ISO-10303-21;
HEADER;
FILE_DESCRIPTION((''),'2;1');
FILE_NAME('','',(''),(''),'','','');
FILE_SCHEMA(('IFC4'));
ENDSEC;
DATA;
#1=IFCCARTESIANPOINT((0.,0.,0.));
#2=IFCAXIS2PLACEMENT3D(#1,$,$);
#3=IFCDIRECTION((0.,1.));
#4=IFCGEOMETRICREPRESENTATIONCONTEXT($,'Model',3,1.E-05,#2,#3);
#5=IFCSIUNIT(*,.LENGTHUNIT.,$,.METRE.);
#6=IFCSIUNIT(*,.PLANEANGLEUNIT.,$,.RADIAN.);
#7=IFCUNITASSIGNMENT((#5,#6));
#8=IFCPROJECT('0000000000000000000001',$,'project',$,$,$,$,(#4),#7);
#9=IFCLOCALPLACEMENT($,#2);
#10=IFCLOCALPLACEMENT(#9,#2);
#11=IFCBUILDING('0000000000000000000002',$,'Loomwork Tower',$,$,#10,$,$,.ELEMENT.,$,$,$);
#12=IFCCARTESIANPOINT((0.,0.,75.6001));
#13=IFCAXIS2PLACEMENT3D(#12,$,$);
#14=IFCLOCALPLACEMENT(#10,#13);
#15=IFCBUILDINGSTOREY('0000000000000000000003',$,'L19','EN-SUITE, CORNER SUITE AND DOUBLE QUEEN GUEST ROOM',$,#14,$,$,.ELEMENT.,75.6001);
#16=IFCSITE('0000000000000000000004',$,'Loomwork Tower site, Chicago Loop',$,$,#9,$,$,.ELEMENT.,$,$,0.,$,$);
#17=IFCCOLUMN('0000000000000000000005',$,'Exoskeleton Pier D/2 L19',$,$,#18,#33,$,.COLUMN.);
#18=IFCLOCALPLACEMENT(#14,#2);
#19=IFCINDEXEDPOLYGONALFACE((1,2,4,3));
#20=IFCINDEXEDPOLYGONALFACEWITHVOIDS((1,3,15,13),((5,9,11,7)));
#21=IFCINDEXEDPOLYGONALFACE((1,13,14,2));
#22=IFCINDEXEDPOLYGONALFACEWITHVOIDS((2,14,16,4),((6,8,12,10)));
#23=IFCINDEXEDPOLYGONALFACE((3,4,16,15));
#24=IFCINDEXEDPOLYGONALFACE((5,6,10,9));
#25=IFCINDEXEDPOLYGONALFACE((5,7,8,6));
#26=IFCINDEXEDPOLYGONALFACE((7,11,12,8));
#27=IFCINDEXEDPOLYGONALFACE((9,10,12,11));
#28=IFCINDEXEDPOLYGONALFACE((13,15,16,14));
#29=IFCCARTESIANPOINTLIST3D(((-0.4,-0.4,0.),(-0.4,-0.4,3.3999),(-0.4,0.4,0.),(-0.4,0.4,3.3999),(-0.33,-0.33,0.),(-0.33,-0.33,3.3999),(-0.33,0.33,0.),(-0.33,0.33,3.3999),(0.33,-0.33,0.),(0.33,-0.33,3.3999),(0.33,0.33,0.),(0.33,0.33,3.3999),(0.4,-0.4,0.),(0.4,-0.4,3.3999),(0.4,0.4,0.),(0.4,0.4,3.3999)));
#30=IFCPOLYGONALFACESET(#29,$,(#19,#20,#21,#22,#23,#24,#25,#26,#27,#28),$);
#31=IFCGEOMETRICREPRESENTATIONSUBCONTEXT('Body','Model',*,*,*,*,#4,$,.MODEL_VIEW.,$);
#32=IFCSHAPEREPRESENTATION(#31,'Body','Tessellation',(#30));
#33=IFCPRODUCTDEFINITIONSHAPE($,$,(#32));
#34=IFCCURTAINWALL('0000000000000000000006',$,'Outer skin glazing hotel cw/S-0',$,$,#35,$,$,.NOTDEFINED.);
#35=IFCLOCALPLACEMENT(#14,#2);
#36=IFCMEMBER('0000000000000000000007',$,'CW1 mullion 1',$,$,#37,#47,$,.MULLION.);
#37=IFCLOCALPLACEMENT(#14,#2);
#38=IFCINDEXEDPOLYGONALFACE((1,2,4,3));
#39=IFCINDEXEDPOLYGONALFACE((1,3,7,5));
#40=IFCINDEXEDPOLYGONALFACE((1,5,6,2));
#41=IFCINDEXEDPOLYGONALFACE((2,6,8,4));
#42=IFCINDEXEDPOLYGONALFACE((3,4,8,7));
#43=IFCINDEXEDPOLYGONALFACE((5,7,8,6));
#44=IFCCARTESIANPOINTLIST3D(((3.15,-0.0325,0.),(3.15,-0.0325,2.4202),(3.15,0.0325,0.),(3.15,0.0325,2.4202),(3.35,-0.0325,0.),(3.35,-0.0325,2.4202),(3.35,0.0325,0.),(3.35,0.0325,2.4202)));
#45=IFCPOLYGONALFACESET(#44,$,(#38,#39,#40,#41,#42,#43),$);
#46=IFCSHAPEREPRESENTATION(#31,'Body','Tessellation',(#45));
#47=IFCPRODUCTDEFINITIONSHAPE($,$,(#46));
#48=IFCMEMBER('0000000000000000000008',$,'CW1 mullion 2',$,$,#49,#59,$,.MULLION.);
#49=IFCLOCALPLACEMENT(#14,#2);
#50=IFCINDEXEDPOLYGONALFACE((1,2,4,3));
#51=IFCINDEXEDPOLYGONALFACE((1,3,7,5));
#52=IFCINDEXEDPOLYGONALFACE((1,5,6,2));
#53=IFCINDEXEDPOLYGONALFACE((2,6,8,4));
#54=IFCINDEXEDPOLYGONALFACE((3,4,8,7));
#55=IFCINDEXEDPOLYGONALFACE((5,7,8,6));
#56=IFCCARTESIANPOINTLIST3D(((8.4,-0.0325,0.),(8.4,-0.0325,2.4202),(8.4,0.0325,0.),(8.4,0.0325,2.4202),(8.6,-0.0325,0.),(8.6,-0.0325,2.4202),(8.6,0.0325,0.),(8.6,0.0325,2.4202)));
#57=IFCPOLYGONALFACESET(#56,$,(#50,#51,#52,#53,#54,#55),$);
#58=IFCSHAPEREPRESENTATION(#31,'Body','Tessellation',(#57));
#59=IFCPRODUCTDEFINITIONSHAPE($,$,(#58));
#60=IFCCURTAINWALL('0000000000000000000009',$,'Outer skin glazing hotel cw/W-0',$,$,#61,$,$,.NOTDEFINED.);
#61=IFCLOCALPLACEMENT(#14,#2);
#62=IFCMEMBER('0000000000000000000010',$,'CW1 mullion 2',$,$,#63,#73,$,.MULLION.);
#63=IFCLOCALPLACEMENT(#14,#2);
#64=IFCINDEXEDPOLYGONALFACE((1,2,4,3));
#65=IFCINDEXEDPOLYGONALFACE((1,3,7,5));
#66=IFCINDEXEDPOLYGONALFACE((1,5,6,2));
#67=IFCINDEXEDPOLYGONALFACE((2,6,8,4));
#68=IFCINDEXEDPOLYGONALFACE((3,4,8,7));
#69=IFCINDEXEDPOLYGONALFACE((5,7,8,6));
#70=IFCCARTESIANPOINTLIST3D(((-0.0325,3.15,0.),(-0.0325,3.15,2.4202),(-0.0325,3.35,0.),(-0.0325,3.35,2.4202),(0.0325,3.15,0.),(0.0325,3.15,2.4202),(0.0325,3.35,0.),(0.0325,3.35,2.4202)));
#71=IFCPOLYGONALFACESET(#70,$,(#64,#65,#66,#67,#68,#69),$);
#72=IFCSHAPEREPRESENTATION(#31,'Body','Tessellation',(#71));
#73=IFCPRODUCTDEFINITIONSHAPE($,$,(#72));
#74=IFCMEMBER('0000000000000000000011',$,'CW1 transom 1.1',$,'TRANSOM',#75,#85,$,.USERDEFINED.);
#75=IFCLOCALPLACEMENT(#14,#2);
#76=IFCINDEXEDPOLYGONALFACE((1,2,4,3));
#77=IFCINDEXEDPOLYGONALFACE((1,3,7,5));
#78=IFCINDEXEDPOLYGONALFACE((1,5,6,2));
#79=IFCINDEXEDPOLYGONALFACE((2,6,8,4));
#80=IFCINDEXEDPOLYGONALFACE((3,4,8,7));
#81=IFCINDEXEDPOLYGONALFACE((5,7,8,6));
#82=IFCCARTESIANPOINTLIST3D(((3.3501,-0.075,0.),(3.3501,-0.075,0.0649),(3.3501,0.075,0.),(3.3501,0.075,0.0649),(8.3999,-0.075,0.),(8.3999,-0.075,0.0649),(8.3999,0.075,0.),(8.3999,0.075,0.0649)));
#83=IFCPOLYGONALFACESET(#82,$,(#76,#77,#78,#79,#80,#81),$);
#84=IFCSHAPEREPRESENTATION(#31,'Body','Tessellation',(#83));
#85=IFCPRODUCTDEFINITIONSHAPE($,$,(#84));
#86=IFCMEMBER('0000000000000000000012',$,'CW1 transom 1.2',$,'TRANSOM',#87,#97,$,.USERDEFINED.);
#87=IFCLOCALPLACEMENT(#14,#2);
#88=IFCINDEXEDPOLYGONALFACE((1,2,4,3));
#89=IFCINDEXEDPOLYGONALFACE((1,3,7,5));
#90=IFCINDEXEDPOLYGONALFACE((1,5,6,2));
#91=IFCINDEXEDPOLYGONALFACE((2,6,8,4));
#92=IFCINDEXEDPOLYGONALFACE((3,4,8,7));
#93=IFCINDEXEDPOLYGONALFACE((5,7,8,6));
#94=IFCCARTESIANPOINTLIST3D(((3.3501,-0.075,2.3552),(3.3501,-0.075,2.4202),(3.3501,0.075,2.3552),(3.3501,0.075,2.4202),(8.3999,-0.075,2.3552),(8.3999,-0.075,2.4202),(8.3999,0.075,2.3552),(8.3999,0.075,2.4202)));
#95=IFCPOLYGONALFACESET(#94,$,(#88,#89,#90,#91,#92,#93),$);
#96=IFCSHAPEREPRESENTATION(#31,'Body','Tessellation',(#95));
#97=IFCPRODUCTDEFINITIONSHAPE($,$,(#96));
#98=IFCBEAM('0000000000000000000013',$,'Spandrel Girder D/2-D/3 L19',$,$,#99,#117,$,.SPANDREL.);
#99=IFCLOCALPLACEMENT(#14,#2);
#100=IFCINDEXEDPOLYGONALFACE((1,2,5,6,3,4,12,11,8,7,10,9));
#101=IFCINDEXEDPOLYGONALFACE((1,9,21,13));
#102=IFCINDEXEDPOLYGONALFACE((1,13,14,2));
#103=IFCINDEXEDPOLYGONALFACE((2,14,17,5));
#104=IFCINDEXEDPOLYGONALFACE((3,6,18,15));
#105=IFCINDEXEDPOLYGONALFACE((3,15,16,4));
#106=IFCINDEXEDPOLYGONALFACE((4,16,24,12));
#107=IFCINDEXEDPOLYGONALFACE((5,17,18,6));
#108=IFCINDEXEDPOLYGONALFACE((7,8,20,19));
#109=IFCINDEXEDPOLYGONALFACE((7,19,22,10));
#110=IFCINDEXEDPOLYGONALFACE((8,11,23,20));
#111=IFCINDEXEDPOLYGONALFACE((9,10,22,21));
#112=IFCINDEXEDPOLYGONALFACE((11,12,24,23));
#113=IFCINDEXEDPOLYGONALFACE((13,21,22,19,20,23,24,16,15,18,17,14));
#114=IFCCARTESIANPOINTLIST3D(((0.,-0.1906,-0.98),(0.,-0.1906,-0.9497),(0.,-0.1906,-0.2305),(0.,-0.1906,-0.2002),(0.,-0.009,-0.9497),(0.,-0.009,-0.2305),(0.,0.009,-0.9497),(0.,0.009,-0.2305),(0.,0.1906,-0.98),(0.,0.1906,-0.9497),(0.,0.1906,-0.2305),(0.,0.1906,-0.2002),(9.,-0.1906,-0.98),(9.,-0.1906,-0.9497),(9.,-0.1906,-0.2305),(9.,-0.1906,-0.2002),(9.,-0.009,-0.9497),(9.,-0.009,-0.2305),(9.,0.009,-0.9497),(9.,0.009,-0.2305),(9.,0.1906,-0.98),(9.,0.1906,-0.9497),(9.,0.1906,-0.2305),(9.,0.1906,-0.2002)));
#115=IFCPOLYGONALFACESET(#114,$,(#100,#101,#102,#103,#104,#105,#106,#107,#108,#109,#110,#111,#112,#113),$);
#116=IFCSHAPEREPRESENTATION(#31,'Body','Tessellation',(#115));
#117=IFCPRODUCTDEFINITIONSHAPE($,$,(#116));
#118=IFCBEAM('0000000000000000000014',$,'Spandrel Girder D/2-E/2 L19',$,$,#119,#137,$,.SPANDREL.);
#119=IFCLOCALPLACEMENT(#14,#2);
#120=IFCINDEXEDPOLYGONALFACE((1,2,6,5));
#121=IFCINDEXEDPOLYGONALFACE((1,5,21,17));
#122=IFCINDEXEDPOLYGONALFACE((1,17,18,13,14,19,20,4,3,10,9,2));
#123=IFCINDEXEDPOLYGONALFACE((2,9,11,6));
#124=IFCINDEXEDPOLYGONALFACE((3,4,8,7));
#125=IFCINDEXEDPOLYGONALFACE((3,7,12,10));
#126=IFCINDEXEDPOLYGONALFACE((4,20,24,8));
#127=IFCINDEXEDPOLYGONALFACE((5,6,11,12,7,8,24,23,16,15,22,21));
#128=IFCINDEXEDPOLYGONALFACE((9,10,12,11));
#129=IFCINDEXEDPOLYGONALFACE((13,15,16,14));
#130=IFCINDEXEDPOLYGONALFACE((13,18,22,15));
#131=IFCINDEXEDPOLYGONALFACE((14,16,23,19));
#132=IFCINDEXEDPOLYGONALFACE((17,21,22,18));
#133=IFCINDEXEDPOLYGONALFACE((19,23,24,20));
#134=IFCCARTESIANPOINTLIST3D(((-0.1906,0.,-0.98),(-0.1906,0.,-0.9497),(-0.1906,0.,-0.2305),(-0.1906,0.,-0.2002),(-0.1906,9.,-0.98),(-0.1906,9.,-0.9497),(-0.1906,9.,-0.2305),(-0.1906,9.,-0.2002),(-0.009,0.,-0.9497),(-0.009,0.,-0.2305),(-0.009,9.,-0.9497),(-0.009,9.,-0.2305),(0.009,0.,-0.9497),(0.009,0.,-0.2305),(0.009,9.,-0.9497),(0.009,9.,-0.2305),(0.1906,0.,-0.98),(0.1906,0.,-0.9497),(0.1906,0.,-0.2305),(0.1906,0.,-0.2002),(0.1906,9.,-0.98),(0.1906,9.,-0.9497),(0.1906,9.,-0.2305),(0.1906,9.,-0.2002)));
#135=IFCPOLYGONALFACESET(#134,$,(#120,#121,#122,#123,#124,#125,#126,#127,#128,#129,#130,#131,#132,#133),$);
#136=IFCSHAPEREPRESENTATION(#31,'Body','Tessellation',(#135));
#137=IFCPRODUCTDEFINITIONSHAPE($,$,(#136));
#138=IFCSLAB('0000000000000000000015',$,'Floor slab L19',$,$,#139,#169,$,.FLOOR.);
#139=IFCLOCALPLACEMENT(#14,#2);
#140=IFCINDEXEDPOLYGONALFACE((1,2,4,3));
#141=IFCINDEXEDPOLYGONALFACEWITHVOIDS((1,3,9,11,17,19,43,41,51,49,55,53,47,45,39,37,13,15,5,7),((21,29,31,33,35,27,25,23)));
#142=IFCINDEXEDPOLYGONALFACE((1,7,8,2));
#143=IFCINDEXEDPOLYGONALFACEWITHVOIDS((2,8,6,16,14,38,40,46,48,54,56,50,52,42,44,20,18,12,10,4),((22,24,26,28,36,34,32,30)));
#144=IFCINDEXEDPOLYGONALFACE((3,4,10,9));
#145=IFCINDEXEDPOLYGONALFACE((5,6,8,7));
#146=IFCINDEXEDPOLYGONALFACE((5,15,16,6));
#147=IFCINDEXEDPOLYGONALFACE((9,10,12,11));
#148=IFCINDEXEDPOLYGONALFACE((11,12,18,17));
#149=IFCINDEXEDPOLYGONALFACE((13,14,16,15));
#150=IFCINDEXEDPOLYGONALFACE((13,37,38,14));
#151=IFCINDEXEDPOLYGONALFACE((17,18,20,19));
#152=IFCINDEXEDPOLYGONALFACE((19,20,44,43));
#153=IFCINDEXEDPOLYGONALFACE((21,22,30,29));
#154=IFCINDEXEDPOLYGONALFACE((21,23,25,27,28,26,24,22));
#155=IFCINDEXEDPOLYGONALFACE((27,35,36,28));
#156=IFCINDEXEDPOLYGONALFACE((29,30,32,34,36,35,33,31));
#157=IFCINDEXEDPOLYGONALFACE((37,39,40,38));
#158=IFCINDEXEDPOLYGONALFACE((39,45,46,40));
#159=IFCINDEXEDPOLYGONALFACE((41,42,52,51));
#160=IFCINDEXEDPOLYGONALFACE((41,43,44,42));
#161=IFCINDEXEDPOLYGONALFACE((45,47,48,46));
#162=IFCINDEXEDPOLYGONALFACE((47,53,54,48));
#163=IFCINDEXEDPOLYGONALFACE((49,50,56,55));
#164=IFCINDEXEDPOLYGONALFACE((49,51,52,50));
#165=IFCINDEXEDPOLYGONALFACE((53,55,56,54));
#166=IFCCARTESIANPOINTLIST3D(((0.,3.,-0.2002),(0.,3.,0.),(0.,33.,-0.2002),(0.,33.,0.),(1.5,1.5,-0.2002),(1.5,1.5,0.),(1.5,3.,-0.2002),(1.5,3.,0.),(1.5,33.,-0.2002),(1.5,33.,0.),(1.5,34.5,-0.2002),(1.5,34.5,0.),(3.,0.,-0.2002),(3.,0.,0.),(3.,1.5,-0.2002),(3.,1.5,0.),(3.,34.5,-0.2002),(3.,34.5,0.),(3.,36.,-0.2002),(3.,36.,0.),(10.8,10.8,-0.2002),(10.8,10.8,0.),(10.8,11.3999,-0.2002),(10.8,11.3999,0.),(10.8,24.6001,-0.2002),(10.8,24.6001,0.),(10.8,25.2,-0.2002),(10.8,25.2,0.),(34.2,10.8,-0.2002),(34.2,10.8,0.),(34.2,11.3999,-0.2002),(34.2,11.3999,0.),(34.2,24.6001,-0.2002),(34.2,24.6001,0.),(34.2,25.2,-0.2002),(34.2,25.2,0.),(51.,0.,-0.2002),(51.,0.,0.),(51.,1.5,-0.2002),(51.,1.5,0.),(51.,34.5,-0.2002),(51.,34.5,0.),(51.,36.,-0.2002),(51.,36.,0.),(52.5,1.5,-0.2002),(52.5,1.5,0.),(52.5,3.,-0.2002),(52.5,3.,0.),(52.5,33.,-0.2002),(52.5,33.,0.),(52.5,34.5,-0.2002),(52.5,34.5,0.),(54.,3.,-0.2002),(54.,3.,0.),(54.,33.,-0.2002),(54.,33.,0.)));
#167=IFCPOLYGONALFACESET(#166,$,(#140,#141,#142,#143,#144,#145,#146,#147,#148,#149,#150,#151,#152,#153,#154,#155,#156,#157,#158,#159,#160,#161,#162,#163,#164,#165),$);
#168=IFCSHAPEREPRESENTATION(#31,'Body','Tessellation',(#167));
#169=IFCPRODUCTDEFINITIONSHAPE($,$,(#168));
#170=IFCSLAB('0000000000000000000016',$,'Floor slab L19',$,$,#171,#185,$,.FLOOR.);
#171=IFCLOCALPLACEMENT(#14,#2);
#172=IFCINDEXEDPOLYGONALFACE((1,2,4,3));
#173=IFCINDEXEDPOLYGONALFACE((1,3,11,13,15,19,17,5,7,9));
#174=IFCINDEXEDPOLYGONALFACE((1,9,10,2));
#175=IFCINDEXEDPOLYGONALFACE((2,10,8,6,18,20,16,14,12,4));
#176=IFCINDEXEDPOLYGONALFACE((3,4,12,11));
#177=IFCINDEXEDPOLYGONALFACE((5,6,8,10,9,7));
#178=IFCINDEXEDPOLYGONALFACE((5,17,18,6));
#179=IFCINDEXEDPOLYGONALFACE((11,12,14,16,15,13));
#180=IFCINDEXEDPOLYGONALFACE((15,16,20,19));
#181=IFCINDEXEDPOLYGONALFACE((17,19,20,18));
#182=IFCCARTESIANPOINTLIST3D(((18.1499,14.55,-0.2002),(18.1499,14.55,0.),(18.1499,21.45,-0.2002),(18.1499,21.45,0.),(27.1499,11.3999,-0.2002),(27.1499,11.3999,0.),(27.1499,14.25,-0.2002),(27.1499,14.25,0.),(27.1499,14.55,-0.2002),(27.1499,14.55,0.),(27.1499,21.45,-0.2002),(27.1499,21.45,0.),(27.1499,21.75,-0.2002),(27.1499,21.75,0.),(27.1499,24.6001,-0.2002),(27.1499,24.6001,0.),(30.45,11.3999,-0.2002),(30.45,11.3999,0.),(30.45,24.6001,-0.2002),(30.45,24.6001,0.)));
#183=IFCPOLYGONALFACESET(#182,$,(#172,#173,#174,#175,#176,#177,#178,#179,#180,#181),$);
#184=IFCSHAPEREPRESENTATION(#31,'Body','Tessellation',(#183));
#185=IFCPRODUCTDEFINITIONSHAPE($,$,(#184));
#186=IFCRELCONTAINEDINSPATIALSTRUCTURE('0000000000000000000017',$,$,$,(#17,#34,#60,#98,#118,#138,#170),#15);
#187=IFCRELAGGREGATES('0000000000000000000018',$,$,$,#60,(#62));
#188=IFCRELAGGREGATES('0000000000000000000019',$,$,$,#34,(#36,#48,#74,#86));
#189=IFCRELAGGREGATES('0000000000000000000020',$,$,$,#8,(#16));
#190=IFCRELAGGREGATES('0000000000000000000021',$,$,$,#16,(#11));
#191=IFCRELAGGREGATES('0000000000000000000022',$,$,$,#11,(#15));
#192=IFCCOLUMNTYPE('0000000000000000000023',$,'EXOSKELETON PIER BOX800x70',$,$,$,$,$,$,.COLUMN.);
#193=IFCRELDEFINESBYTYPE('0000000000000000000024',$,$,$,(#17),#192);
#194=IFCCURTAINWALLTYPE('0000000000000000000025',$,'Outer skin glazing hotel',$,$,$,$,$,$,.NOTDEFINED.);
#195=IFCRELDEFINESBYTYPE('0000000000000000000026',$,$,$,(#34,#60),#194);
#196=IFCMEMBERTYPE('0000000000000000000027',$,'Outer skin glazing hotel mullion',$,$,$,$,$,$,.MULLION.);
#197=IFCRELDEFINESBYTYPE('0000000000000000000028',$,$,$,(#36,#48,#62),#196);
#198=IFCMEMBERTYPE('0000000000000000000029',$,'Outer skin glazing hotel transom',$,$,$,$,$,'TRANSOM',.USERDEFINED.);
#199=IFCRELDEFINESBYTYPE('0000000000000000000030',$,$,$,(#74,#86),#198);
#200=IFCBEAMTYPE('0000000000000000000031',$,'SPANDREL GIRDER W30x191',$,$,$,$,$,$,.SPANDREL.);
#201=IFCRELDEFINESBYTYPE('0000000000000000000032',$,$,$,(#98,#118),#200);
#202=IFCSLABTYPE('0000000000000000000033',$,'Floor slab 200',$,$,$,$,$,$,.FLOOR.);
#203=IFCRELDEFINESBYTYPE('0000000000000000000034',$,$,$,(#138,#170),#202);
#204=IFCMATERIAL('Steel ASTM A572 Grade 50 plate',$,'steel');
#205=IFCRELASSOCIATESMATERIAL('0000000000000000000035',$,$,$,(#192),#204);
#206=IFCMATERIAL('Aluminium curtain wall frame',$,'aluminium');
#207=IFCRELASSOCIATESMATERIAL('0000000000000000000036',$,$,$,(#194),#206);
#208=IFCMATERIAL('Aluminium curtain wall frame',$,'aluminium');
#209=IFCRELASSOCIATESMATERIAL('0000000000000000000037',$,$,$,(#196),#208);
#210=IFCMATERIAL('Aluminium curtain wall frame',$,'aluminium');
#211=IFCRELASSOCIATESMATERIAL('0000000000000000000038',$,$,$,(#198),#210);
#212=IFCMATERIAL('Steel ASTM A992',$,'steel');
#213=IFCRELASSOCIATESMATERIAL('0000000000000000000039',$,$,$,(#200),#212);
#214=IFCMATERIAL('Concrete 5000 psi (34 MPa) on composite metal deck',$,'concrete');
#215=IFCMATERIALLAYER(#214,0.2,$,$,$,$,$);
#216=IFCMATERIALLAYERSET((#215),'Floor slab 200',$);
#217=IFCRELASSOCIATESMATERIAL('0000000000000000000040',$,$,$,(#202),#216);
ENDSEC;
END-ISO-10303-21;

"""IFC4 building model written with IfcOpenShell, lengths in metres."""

from ifc_helpers import new_model, si_unit, direction, frame, origin, origin_with_axes, origin_2d, place, context, subcontext, project, spatial, polyline, rectangle, hollow_rectangle, i_section, outline, extrude, material, layer, layer_set, material_profile, profile_set, type_object, element, aggregate, save


model = new_model("IFC4")

# Units and contexts
model_context = context("Model", 3, precision=1e-05, world=origin(), true_north=direction((0.0, 1.0)))
body_context = subcontext(model_context, "Body", "Model", "MODEL_VIEW")
ifc_project = project(units=[si_unit("LENGTHUNIT", "METRE"), si_unit("PLANEANGLEUNIT", "RADIAN")], contexts=[model_context])

# Site, building, storey
site_placement = place(None, origin())
site = spatial("IfcSite", under=ifc_project, at=site_placement, Name="Loomwork Tower site, Chicago Loop", CompositionType="ELEMENT", RefElevation=0.0)
building_placement = place(site_placement, origin())
building = spatial("IfcBuilding", under=site, at=building_placement, Name="Loomwork Tower", CompositionType="ELEMENT")
storey_placement = place(building_placement, frame((0.0, 0.0, 75.6001)))
storey = spatial("IfcBuildingStorey", under=building, at=storey_placement, Name="L19", Description="EN-SUITE, CORNER SUITE AND DOUBLE QUEEN GUEST ROOM", CompositionType="ELEMENT", Elevation=75.6001)

# Column
ifc_material_1 = material(Name="Steel ASTM A572 Grade 50 plate", Category="steel")
ifc_material_profile_1 = material_profile(ifc_material_1, hollow_rectangle(XDim=0.8, YDim=0.8, WallThickness=0.0701, at=origin_2d()), Name="BOX800x70")
ifc_profile_set_1 = profile_set([ifc_material_profile_1], Name="Steel ASTM A572 Grade 50 plate")
column_type = type_object("IfcColumnType", Name="EXOSKELETON PIER BOX800x70", PredefinedType="COLUMN", material=ifc_profile_set_1)
column_placement = place(storey_placement, origin_with_axes())
element("IfcColumn", 1, at=column_placement, inside=storey, type_object=column_type, Name="Exoskeleton Pier D/2 L19", PredefinedType="COLUMN", context=body_context, shape_type="SweptSolid", body=[
    extrude(hollow_rectangle(XDim=0.8, YDim=0.8, WallThickness=0.0701, at=origin_2d()), origin(), (0.0, 0.0, 1.0), 3.3999),
])

# Curtain wall, members
ifc_material_2 = material(Name="Aluminium curtain wall frame", Category="aluminium")
curtain_wall_type = type_object("IfcCurtainWallType", Name="Outer skin glazing hotel", PredefinedType="NOTDEFINED", material=ifc_material_2)
curtain_wall_1_placement = place(storey_placement, origin())
curtain_wall_1 = element("IfcCurtainWall", 2, at=curtain_wall_1_placement, inside=storey, type_object=curtain_wall_type, Name="Outer skin glazing hotel cw/S-0", PredefinedType="NOTDEFINED")
ifc_material_3 = material(Name="Aluminium curtain wall frame", Category="aluminium")
ifc_material_profile_2 = material_profile(ifc_material_3, rectangle(XDim=0.0649, YDim=0.2, at=origin_2d()), Name="AL 65x200")
ifc_profile_set_2 = profile_set([ifc_material_profile_2], Name="Aluminium curtain wall frame")
member_type_1 = type_object("IfcMemberType", Name="Outer skin glazing hotel mullion", PredefinedType="MULLION", material=ifc_profile_set_2)
member_1_placement = place(storey_placement, frame((3.25, 0.0, 0.0), z_axis=(0.0, 0.0, 1.0), x_axis=(0.0, 1.0, 0.0)))
member_1 = element("IfcMember", 3, at=member_1_placement, type_object=member_type_1, Name="CW1 mullion 1", PredefinedType="MULLION", context=body_context, shape_type="SweptSolid", body=[
    extrude(rectangle(XDim=0.0649, YDim=0.2, at=origin_2d()), origin(), (0.0, 0.0, 1.0), 2.4202),
])
member_2_placement = place(storey_placement, frame((8.5, 0.0, 0.0), z_axis=(0.0, 0.0, 1.0), x_axis=(0.0, 1.0, 0.0)))
member_2 = element("IfcMember", 4, at=member_2_placement, type_object=member_type_1, Name="CW1 mullion 2", PredefinedType="MULLION", context=body_context, shape_type="SweptSolid", body=[
    extrude(rectangle(XDim=0.0649, YDim=0.2, at=origin_2d()), origin(), (0.0, 0.0, 1.0), 2.4202),
])

# Curtain wall, member
curtain_wall_2_placement = place(storey_placement, origin())
curtain_wall_2 = element("IfcCurtainWall", 5, at=curtain_wall_2_placement, inside=storey, type_object=curtain_wall_type, Name="Outer skin glazing hotel cw/W-0", PredefinedType="NOTDEFINED")
member_3_placement = place(storey_placement, frame((0.0, 3.25, 0.0), z_axis=(0.0, 0.0, 1.0), x_axis=(1.0, 0.0, 0.0)))
member_3 = element("IfcMember", 6, at=member_3_placement, type_object=member_type_1, Name="CW1 mullion 2", PredefinedType="MULLION", context=body_context, shape_type="SweptSolid", body=[
    extrude(rectangle(XDim=0.0649, YDim=0.2, at=origin_2d()), origin(), (0.0, 0.0, 1.0), 2.4202),
])
aggregate(curtain_wall_2, [member_3])

# Members
ifc_material_4 = material(Name="Aluminium curtain wall frame", Category="aluminium")
ifc_material_profile_3 = material_profile(ifc_material_4, rectangle(XDim=0.1499, YDim=0.0649, at=origin_2d()), Name="AL 65x150")
ifc_profile_set_3 = profile_set([ifc_material_profile_3], Name="Aluminium curtain wall frame")
member_type_2 = type_object("IfcMemberType", Name="Outer skin glazing hotel transom", ElementType="TRANSOM", PredefinedType="USERDEFINED", material=ifc_profile_set_3)
member_4_placement = place(storey_placement, frame((3.3501, 0.0, 0.0325), z_axis=(1.0, 0.0, 0.0), x_axis=(0.0, 1.0, 0.0)))
member_4 = element("IfcMember", 7, at=member_4_placement, type_object=member_type_2, Name="CW1 transom 1.1", ObjectType="TRANSOM", PredefinedType="USERDEFINED", context=body_context, shape_type="SweptSolid", body=[
    extrude(rectangle(XDim=0.1499, YDim=0.0649, at=origin_2d()), origin(), (0.0, 0.0, 1.0), 5.0498),
])
member_5_placement = place(storey_placement, frame((3.3501, 0.0, 2.3877), z_axis=(1.0, 0.0, 0.0), x_axis=(0.0, 1.0, 0.0)))
member_5 = element("IfcMember", 8, at=member_5_placement, type_object=member_type_2, Name="CW1 transom 1.2", ObjectType="TRANSOM", PredefinedType="USERDEFINED", context=body_context, shape_type="SweptSolid", body=[
    extrude(rectangle(XDim=0.1499, YDim=0.0649, at=origin_2d()), origin(), (0.0, 0.0, 1.0), 5.0498),
])

# Beams
ifc_material_5 = material(Name="Steel ASTM A992", Category="steel")
ifc_material_profile_4 = material_profile(ifc_material_5, i_section(OverallWidth=0.3811, OverallDepth=0.7798, WebThickness=0.0181, FlangeThickness=0.0303, at=origin_2d()), Name="W30x191")
ifc_profile_set_4 = profile_set([ifc_material_profile_4], Name="Steel ASTM A992")
beam_type = type_object("IfcBeamType", Name="SPANDREL GIRDER W30x191", PredefinedType="SPANDREL", material=ifc_profile_set_4)
for number, where, z_axis, x_axis, name in (
    (9, (0.0, 0.0, -0.5901), (1.0, 0.0, 0.0), (0.0, 1.0, 0.0), "Spandrel Girder D/2-D/3 L19"),
    (10, (0.0, 0.0, -0.5901), (0.0, 1.0, 0.0), (-1.0, 0.0, 0.0), "Spandrel Girder D/2-E/2 L19"),
):
    element("IfcBeam", number, at=place(storey_placement, frame(where, z_axis=z_axis, x_axis=x_axis)), inside=storey, type_object=beam_type, Name=name, PredefinedType="SPANDREL", context=body_context, shape_type="SweptSolid", body=[
        extrude(i_section(OverallWidth=0.3811, OverallDepth=0.7798, WebThickness=0.0181, FlangeThickness=0.0303, at=origin_2d()), origin(), (0.0, 0.0, 1.0), 9.0),
    ])

# Slabs
ifc_material_6 = material(Name="Concrete 5000 psi (34 MPa) on composite metal deck", Category="concrete")
ifc_layer_1 = layer(ifc_material_6, 0.2)
ifc_layer_set_1 = layer_set([ifc_layer_1], Name="Floor slab 200")
slab_type_1 = type_object("IfcSlabType", Name="Floor slab 200", PredefinedType="FLOOR", material=ifc_layer_set_1)
slab_1_placement = place(storey_placement, frame((0.0, 0.0, -0.2002)))
element("IfcSlab", 11, at=slab_1_placement, inside=storey, type_object=slab_type_1, Name="Floor slab L19", PredefinedType="FLOOR", context=body_context, shape_type="SweptSolid", body=[
    extrude(outline(polyline([(3.0, 1.5), (1.5, 1.5), (1.5, 3.0), (0.0, 3.0), (0.0, 33.0), (1.5, 33.0), (1.5, 34.5), (3.0, 34.5), (3.0, 36.0), (51.0, 36.0), (51.0, 34.5), (52.5, 34.5), (52.5, 33.0), (54.0, 33.0), (54.0, 3.0), (52.5, 3.0), (52.5, 1.5), (51.0, 1.5), (51.0, 0.0), (3.0, 0.0), (3.0, 1.5)]), holes=[polyline([(10.8, 11.3999), (10.8, 11.3999), (10.8, 10.8), (34.2, 10.8), (34.2, 11.3999), (34.2, 11.3999), (34.2, 24.6001), (34.2, 25.2), (10.8, 25.2), (10.8, 24.6001), (10.8, 11.3999)])]), origin(), (0.0, 0.0, 1.0), 0.2002),
])
slab_2_placement = place(storey_placement, frame((0.0, 0.0, -0.2002)))
element("IfcSlab", 12, at=slab_2_placement, inside=storey, type_object=slab_type_1, Name="Floor slab L19", PredefinedType="FLOOR", context=body_context, shape_type="SweptSolid", body=[
    extrude(outline(polyline([(30.45, 24.6001), (30.45, 11.3999), (27.1499, 11.3999), (27.1499, 14.25), (27.1499, 14.55), (18.1499, 14.55), (18.1499, 21.45), (27.1499, 21.45), (27.1499, 21.75), (27.1499, 24.6001), (30.45, 24.6001)])), origin(), (0.0, 0.0, 1.0), 0.2002),
])

aggregate(curtain_wall_1, [member_1, member_2, member_4, member_5])

save(model, "model.ifc")
